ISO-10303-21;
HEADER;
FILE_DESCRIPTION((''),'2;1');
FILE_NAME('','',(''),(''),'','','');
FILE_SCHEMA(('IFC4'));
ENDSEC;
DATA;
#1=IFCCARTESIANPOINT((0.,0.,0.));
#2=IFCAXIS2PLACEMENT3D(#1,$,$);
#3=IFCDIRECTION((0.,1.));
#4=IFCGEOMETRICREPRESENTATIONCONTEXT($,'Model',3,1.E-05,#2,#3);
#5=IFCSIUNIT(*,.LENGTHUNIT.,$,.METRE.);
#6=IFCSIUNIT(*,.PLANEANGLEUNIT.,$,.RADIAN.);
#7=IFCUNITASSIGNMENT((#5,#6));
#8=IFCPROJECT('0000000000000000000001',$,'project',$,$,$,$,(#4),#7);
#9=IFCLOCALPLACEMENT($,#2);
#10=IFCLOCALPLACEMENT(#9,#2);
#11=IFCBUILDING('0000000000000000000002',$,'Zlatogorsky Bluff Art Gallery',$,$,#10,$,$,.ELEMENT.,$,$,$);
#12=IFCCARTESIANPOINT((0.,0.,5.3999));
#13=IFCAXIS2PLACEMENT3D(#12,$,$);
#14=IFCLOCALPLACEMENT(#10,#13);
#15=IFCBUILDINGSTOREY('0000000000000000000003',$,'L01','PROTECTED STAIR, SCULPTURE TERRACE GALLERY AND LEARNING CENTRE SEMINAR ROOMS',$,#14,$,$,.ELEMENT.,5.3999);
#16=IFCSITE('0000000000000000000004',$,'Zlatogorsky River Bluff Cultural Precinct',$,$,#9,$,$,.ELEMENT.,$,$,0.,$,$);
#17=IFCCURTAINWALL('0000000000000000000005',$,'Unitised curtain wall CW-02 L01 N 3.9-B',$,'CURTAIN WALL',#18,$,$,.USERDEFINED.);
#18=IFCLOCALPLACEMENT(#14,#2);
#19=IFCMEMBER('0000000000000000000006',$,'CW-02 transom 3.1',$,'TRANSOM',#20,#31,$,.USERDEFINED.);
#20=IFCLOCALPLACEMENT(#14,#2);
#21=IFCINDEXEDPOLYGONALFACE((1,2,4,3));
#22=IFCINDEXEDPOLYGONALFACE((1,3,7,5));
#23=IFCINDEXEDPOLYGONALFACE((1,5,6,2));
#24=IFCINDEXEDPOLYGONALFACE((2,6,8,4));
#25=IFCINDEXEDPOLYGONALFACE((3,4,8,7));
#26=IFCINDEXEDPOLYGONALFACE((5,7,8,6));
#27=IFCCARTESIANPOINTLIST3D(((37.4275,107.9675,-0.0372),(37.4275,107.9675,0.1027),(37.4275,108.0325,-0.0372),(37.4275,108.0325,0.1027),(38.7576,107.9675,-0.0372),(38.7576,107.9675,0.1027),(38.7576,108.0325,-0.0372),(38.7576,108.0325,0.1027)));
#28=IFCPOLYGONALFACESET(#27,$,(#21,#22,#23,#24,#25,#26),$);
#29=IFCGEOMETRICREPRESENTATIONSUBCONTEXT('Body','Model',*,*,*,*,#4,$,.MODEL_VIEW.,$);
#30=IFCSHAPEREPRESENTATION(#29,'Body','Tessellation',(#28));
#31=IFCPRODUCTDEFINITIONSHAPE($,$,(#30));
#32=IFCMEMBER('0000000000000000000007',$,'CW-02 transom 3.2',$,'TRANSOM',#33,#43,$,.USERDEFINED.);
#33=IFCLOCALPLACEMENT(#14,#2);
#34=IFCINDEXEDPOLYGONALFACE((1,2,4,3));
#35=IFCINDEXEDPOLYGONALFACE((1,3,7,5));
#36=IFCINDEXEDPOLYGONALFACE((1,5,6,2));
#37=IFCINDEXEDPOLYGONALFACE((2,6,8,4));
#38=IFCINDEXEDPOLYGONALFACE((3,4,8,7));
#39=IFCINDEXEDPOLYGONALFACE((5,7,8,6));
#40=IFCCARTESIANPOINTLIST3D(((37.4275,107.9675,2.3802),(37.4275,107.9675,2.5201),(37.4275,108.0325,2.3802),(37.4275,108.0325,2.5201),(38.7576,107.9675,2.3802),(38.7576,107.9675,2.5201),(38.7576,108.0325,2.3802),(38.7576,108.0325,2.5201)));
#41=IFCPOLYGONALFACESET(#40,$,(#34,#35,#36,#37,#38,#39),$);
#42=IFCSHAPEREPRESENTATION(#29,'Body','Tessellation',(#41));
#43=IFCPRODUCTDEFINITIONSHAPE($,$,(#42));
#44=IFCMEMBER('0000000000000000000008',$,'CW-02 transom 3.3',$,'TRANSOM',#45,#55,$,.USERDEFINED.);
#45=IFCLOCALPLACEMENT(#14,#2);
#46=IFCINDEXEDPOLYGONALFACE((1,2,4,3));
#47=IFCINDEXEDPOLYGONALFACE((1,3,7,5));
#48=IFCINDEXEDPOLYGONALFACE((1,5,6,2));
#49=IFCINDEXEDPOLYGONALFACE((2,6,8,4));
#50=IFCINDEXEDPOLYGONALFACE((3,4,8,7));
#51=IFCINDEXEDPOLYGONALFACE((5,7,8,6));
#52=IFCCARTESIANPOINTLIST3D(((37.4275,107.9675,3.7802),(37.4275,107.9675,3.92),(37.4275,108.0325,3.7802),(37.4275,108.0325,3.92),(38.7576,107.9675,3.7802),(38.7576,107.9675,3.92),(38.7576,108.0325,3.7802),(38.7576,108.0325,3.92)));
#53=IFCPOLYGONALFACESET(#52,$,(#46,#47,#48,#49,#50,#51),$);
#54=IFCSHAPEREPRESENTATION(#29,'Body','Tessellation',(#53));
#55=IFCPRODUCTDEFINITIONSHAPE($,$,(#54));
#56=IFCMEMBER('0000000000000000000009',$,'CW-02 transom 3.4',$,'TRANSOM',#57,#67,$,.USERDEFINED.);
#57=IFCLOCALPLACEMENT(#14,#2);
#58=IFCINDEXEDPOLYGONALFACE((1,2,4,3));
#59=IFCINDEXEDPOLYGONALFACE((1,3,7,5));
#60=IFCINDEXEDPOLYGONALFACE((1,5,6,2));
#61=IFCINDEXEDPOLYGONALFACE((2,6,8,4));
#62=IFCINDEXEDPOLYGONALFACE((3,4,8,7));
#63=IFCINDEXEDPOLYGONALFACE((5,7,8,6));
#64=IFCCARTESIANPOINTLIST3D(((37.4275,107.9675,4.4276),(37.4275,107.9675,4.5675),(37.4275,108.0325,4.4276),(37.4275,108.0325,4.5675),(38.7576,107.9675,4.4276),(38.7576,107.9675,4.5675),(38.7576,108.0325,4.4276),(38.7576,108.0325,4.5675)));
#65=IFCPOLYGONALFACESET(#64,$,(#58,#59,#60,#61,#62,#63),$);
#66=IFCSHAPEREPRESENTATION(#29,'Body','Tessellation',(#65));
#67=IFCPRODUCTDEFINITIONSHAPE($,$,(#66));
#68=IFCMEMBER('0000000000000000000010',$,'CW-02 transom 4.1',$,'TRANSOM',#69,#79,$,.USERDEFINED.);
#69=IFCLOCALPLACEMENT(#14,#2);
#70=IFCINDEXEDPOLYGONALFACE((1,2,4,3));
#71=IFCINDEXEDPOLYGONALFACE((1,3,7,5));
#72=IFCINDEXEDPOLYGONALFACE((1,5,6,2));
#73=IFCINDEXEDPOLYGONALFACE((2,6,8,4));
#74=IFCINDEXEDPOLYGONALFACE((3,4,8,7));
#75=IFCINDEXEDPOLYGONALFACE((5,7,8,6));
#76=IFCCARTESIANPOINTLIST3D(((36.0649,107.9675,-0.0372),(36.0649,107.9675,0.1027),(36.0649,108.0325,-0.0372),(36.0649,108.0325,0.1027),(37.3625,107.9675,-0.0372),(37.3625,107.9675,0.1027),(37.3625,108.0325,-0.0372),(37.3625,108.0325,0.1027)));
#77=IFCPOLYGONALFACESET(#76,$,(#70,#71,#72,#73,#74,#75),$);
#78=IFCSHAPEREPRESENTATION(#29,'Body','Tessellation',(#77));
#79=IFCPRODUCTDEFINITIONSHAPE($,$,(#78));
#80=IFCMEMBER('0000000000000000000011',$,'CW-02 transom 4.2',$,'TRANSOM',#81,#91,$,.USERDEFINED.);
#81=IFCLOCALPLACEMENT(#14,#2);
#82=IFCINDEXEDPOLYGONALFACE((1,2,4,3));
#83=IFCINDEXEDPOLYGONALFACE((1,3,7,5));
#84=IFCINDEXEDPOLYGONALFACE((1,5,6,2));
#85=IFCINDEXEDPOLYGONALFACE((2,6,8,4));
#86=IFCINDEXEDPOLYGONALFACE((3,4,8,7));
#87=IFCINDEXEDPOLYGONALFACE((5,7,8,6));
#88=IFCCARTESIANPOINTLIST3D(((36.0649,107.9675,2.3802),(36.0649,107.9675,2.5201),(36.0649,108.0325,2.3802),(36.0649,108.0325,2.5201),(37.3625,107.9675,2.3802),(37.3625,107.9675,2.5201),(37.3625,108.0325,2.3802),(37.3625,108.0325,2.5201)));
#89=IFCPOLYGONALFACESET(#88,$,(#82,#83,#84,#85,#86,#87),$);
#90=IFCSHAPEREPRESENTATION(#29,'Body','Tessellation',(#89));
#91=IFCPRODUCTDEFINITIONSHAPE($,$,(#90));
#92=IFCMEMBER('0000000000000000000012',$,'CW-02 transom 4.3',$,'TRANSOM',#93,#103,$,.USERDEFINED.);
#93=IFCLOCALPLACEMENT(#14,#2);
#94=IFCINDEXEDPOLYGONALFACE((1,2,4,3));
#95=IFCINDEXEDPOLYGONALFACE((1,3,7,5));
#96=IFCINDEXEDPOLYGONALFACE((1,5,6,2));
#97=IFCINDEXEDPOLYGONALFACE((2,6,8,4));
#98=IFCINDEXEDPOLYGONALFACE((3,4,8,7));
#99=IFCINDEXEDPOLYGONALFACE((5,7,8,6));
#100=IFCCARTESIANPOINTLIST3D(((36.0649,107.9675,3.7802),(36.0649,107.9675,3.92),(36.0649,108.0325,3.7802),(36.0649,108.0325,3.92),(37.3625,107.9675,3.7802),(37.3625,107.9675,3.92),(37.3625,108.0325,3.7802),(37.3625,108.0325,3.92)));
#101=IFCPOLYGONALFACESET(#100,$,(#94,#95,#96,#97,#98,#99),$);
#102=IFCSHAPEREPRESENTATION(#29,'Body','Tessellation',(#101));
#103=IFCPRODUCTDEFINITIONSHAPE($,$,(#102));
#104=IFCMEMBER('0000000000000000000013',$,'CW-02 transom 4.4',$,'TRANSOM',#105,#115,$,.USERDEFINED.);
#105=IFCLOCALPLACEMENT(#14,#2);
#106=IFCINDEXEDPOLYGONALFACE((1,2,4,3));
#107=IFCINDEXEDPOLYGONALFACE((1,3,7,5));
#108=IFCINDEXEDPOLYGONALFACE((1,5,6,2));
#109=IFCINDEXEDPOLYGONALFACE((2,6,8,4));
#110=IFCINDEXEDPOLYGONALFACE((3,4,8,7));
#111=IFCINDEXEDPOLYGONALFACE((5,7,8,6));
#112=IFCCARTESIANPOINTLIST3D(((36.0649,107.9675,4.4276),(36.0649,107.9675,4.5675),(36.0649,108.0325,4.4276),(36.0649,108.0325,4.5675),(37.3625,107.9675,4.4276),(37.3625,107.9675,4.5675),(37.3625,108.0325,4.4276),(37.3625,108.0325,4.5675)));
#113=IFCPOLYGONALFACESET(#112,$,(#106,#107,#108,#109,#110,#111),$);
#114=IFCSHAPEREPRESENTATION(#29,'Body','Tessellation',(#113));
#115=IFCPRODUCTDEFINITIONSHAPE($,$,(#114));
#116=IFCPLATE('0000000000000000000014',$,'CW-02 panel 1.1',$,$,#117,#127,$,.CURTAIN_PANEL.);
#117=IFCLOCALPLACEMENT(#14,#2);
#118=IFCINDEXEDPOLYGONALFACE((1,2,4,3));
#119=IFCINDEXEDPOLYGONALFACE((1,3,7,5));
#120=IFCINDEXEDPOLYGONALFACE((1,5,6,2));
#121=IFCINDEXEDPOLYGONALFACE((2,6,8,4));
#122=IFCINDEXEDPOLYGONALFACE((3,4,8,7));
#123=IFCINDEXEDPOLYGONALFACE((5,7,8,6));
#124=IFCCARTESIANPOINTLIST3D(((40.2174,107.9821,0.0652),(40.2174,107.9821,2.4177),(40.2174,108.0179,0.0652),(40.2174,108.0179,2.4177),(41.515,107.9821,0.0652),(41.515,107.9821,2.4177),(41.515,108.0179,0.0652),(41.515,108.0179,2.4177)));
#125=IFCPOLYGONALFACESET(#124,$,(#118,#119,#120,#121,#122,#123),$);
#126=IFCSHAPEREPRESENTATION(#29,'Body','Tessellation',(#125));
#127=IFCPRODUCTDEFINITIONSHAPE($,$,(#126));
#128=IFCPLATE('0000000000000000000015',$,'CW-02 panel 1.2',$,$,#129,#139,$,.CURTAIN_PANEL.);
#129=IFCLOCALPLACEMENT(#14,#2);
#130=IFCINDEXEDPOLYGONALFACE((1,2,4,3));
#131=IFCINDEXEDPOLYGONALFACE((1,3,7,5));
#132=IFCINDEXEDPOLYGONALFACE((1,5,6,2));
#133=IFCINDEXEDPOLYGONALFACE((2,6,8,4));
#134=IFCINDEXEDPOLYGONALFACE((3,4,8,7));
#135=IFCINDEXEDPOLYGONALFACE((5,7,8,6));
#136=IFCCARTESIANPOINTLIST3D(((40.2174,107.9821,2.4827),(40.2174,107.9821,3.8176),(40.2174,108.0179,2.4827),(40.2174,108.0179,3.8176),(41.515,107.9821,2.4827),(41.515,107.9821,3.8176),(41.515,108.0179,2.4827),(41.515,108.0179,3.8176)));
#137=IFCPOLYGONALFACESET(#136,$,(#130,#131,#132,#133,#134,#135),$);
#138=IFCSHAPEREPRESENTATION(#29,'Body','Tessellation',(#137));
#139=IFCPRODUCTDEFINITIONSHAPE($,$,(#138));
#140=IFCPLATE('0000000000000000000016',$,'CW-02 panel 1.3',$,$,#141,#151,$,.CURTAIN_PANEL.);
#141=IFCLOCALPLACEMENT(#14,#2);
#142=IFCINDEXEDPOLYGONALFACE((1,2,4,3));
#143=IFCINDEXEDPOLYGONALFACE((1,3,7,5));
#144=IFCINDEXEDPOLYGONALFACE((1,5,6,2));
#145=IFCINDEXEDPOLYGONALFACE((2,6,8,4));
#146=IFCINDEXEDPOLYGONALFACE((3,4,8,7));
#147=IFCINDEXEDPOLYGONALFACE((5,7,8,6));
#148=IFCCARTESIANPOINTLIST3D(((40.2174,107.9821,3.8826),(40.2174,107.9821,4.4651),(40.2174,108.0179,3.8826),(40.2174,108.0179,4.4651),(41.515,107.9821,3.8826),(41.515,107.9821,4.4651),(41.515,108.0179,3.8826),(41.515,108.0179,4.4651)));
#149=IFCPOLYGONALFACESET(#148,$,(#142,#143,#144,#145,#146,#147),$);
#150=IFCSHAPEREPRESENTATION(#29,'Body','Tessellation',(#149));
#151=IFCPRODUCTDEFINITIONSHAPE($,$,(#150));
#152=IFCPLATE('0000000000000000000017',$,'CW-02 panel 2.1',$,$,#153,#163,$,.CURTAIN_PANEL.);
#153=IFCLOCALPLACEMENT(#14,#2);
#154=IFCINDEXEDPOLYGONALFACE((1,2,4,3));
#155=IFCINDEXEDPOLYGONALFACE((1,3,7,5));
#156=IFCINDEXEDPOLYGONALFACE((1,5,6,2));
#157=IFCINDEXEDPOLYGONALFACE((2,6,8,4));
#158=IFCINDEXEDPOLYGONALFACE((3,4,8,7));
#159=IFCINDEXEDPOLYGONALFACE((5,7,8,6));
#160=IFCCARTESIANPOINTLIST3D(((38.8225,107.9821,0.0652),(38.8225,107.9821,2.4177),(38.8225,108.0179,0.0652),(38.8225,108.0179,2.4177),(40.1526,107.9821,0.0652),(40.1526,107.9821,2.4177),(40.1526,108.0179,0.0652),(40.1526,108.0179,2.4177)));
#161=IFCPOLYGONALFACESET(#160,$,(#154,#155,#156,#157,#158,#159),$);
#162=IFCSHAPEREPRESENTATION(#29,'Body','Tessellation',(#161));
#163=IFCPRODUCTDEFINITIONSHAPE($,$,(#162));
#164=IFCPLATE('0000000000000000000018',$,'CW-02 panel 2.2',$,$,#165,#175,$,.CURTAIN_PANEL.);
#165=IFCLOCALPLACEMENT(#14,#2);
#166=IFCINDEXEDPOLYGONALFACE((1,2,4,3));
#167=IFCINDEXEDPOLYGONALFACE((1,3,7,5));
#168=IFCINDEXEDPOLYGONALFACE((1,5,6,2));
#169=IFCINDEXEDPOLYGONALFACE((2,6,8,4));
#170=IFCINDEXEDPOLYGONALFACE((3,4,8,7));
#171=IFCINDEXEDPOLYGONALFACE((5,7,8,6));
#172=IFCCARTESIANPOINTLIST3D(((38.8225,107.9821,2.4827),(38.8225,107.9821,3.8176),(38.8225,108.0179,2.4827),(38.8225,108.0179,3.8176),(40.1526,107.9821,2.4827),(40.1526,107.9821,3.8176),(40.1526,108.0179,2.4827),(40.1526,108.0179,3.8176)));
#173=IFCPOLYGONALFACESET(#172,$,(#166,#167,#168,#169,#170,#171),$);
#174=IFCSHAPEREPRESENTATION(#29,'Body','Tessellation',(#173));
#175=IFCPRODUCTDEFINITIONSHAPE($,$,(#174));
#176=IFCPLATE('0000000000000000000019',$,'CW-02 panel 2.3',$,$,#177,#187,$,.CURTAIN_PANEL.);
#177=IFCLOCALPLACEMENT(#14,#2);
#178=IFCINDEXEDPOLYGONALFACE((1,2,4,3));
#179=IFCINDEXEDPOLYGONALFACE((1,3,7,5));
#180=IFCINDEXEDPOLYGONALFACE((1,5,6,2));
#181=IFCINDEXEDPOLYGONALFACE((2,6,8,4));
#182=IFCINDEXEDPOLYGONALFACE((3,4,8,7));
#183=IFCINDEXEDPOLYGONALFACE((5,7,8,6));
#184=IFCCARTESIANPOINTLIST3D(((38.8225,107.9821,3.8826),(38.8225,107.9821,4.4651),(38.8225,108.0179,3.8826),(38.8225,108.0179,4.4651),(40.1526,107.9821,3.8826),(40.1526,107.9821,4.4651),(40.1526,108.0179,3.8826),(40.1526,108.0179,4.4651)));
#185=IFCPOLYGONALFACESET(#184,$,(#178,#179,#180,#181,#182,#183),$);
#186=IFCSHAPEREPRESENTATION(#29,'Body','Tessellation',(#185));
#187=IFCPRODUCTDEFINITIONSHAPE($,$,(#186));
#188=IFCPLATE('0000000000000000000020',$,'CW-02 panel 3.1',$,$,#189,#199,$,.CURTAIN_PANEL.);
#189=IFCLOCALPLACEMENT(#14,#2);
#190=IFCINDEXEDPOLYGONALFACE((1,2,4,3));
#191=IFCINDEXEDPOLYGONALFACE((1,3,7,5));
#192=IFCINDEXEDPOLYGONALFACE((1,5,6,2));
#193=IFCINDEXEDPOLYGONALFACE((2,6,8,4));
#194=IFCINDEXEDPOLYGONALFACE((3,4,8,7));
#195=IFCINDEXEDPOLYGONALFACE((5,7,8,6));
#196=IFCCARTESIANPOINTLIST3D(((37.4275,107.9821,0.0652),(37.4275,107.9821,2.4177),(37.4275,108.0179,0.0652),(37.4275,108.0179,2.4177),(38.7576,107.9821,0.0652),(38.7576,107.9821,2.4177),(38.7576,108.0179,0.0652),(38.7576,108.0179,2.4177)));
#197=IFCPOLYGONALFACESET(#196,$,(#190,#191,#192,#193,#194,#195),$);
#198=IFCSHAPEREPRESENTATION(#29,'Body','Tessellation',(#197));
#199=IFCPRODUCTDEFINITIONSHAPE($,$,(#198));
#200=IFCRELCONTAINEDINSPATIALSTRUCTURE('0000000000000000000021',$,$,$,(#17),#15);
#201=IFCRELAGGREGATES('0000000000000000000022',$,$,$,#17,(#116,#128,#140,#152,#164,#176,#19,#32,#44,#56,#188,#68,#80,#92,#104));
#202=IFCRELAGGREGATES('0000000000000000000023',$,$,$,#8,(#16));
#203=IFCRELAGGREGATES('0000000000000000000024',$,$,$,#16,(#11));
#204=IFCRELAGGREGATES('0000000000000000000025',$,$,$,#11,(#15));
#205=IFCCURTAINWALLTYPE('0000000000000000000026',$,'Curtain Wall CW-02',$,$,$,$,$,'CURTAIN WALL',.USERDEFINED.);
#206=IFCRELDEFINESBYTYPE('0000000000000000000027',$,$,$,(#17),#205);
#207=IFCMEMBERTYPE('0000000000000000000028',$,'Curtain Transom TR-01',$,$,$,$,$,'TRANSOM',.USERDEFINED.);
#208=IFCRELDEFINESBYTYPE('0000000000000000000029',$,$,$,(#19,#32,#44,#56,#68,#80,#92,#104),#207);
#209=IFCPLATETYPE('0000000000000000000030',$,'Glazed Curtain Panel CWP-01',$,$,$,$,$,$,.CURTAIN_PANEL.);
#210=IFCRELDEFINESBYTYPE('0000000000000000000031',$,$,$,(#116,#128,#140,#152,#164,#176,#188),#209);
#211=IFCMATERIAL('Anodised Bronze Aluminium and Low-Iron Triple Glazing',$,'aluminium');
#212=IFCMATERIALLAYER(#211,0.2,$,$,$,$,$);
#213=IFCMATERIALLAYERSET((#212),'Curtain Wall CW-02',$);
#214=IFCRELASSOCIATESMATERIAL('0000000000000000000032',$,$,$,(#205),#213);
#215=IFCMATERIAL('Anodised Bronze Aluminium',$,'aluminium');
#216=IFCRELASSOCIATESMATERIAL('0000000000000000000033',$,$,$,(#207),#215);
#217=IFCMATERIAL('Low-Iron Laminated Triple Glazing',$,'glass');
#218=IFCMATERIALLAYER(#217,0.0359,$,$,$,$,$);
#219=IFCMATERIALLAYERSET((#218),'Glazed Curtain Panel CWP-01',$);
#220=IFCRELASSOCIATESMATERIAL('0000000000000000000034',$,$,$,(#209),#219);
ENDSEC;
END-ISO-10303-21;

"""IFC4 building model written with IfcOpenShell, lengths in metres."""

from ifc_helpers import new_model, si_unit, direction, frame, origin, origin_2d, place, context, subcontext, project, spatial, rectangle, extrude, material, layer, layer_set, material_profile, profile_set, type_object, element, aggregate, save


model = new_model("IFC4")

# Units and contexts
model_context = context("Model", 3, precision=1e-05, world=origin(), true_north=direction((0.0, 1.0)))
body_context = subcontext(model_context, "Body", "Model", "MODEL_VIEW")
ifc_project = project(units=[si_unit("LENGTHUNIT", "METRE"), si_unit("PLANEANGLEUNIT", "RADIAN")], contexts=[model_context])

# Site, building, storey
site_placement = place(None, origin())
site = spatial("IfcSite", under=ifc_project, at=site_placement, Name="Zlatogorsky River Bluff Cultural Precinct", CompositionType="ELEMENT", RefElevation=0.0)
building_placement = place(site_placement, origin())
building = spatial("IfcBuilding", under=site, at=building_placement, Name="Zlatogorsky Bluff Art Gallery", CompositionType="ELEMENT")
storey_placement = place(building_placement, frame((0.0, 0.0, 5.3999)))
storey = spatial("IfcBuildingStorey", under=building, at=storey_placement, Name="L01", Description="PROTECTED STAIR, SCULPTURE TERRACE GALLERY AND LEARNING CENTRE SEMINAR ROOMS", CompositionType="ELEMENT", Elevation=5.3999)

# Curtain wall, members, plates
ifc_material_1 = material(Name="Anodised Bronze Aluminium and Low-Iron Triple Glazing", Category="aluminium")
ifc_layer_1 = layer(ifc_material_1, 0.2)
ifc_layer_set_1 = layer_set([ifc_layer_1], Name="Curtain Wall CW-02")
curtain_wall_type = type_object("IfcCurtainWallType", Name="Curtain Wall CW-02", ElementType="CURTAIN WALL", PredefinedType="USERDEFINED", material=ifc_layer_set_1)
curtain_wall_placement = place(storey_placement, origin())
curtain_wall = element("IfcCurtainWall", 1, at=curtain_wall_placement, inside=storey, type_object=curtain_wall_type, Name="Unitised curtain wall CW-02 L01 N 3.9-B", ObjectType="CURTAIN WALL", PredefinedType="USERDEFINED")
ifc_material_2 = material(Name="Anodised Bronze Aluminium", Category="aluminium")
ifc_material_profile_1 = material_profile(ifc_material_2, rectangle(XDim=0.0649, YDim=0.1399, at=origin_2d()), Name="ALU TRANSOM 65x140")
ifc_profile_set_1 = profile_set([ifc_material_profile_1], Name="Anodised Bronze Aluminium")
member_type_1 = type_object("IfcMemberType", Name="Curtain Transom TR-01", ElementType="TRANSOM", PredefinedType="USERDEFINED", material=ifc_profile_set_1)
member_1_placement = place(storey_placement, frame((38.7576, 108.0, 0.0327), z_axis=(-1.0, 0.0, 0.0), x_axis=(0.0, -1.0, 0.0)))
member_1 = element("IfcMember", 2, at=member_1_placement, type_object=member_type_1, Name="CW-02 transom 3.1", ObjectType="TRANSOM", PredefinedType="USERDEFINED", context=body_context, shape_type="SweptSolid", body=[
    extrude(rectangle(XDim=0.0649, YDim=0.1399, at=origin_2d()), origin(), (0.0, 0.0, 1.0), 1.3301),
])
member_2_placement = place(storey_placement, frame((38.7576, 108.0, 2.4502), z_axis=(-1.0, 0.0, 0.0), x_axis=(0.0, -1.0, 0.0)))
member_2 = element("IfcMember", 3, at=member_2_placement, type_object=member_type_1, Name="CW-02 transom 3.2", ObjectType="TRANSOM", PredefinedType="USERDEFINED", context=body_context, shape_type="SweptSolid", body=[
    extrude(rectangle(XDim=0.0649, YDim=0.1399, at=origin_2d()), origin(), (0.0, 0.0, 1.0), 1.3301),
])
member_3_placement = place(storey_placement, frame((38.7576, 108.0, 3.8501), z_axis=(-1.0, 0.0, 0.0), x_axis=(0.0, -1.0, 0.0)))
member_3 = element("IfcMember", 4, at=member_3_placement, type_object=member_type_1, Name="CW-02 transom 3.3", ObjectType="TRANSOM", PredefinedType="USERDEFINED", context=body_context, shape_type="SweptSolid", body=[
    extrude(rectangle(XDim=0.0649, YDim=0.1399, at=origin_2d()), origin(), (0.0, 0.0, 1.0), 1.3301),
])
member_4_placement = place(storey_placement, frame((38.7576, 108.0, 4.4976), z_axis=(-1.0, 0.0, 0.0), x_axis=(0.0, -1.0, 0.0)))
member_4 = element("IfcMember", 5, at=member_4_placement, type_object=member_type_1, Name="CW-02 transom 3.4", ObjectType="TRANSOM", PredefinedType="USERDEFINED", context=body_context, shape_type="SweptSolid", body=[
    extrude(rectangle(XDim=0.0649, YDim=0.1399, at=origin_2d()), origin(), (0.0, 0.0, 1.0), 1.3301),
])
member_5_placement = place(storey_placement, frame((37.3625, 108.0, 0.0327), z_axis=(-1.0, 0.0, 0.0), x_axis=(0.0, -1.0, 0.0)))
member_5 = element("IfcMember", 6, at=member_5_placement, type_object=member_type_1, Name="CW-02 transom 4.1", ObjectType="TRANSOM", PredefinedType="USERDEFINED", context=body_context, shape_type="SweptSolid", body=[
    extrude(rectangle(XDim=0.0649, YDim=0.1399, at=origin_2d()), origin(), (0.0, 0.0, 1.0), 1.2976),
])
member_6_placement = place(storey_placement, frame((37.3625, 108.0, 2.4502), z_axis=(-1.0, 0.0, 0.0), x_axis=(0.0, -1.0, 0.0)))
member_6 = element("IfcMember", 7, at=member_6_placement, type_object=member_type_1, Name="CW-02 transom 4.2", ObjectType="TRANSOM", PredefinedType="USERDEFINED", context=body_context, shape_type="SweptSolid", body=[
    extrude(rectangle(XDim=0.0649, YDim=0.1399, at=origin_2d()), origin(), (0.0, 0.0, 1.0), 1.2976),
])
member_7_placement = place(storey_placement, frame((37.3625, 108.0, 3.8501), z_axis=(-1.0, 0.0, 0.0), x_axis=(0.0, -1.0, 0.0)))
member_7 = element("IfcMember", 8, at=member_7_placement, type_object=member_type_1, Name="CW-02 transom 4.3", ObjectType="TRANSOM", PredefinedType="USERDEFINED", context=body_context, shape_type="SweptSolid", body=[
    extrude(rectangle(XDim=0.0649, YDim=0.1399, at=origin_2d()), origin(), (0.0, 0.0, 1.0), 1.2976),
])
member_8_placement = place(storey_placement, frame((37.3625, 108.0, 4.4976), z_axis=(-1.0, 0.0, 0.0), x_axis=(0.0, -1.0, 0.0)))
member_8 = element("IfcMember", 9, at=member_8_placement, type_object=member_type_1, Name="CW-02 transom 4.4", ObjectType="TRANSOM", PredefinedType="USERDEFINED", context=body_context, shape_type="SweptSolid", body=[
    extrude(rectangle(XDim=0.0649, YDim=0.1399, at=origin_2d()), origin(), (0.0, 0.0, 1.0), 1.2976),
])
ifc_material_3 = material(Name="Low-Iron Laminated Triple Glazing", Category="glass")
ifc_layer_2 = layer(ifc_material_3, 0.0359)
ifc_layer_set_2 = layer_set([ifc_layer_2], Name="Glazed Curtain Panel CWP-01")
plate_type = type_object("IfcPlateType", Name="Glazed Curtain Panel CWP-01", PredefinedType="CURTAIN_PANEL", material=ifc_layer_set_2)
plate_1_placement = place(storey_placement, frame((40.8662, 108.0, 0.0652), z_axis=(0.0, 0.0, 1.0), x_axis=(-1.0, 0.0, 0.0)))
plate_1 = element("IfcPlate", 10, at=plate_1_placement, type_object=plate_type, Name="CW-02 panel 1.1", PredefinedType="CURTAIN_PANEL", context=body_context, shape_type="SweptSolid", body=[
    extrude(rectangle(XDim=1.2976, YDim=0.0359, at=origin_2d()), origin(), (0.0, 0.0, 1.0), 2.3525),
])
plate_2_placement = place(storey_placement, frame((40.8662, 108.0, 2.4827), z_axis=(0.0, 0.0, 1.0), x_axis=(-1.0, 0.0, 0.0)))
plate_2 = element("IfcPlate", 11, at=plate_2_placement, type_object=plate_type, Name="CW-02 panel 1.2", PredefinedType="CURTAIN_PANEL", context=body_context, shape_type="SweptSolid", body=[
    extrude(rectangle(XDim=1.2976, YDim=0.0359, at=origin_2d()), origin(), (0.0, 0.0, 1.0), 1.335),
])
plate_3_placement = place(storey_placement, frame((40.8662, 108.0, 3.8826), z_axis=(0.0, 0.0, 1.0), x_axis=(-1.0, 0.0, 0.0)))
plate_3 = element("IfcPlate", 12, at=plate_3_placement, type_object=plate_type, Name="CW-02 panel 1.3", PredefinedType="CURTAIN_PANEL", context=body_context, shape_type="SweptSolid", body=[
    extrude(rectangle(XDim=1.2976, YDim=0.0359, at=origin_2d()), origin(), (0.0, 0.0, 1.0), 0.5825),
])
plate_4_placement = place(storey_placement, frame((39.4875, 108.0, 0.0652), z_axis=(0.0, 0.0, 1.0), x_axis=(-1.0, 0.0, 0.0)))
plate_4 = element("IfcPlate", 13, at=plate_4_placement, type_object=plate_type, Name="CW-02 panel 2.1", PredefinedType="CURTAIN_PANEL", context=body_context, shape_type="SweptSolid", body=[
    extrude(rectangle(XDim=1.3301, YDim=0.0359, at=origin_2d()), origin(), (0.0, 0.0, 1.0), 2.3525),
])
plate_5_placement = place(storey_placement, frame((39.4875, 108.0, 2.4827), z_axis=(0.0, 0.0, 1.0), x_axis=(-1.0, 0.0, 0.0)))
plate_5 = element("IfcPlate", 14, at=plate_5_placement, type_object=plate_type, Name="CW-02 panel 2.2", PredefinedType="CURTAIN_PANEL", context=body_context, shape_type="SweptSolid", body=[
    extrude(rectangle(XDim=1.3301, YDim=0.0359, at=origin_2d()), origin(), (0.0, 0.0, 1.0), 1.335),
])
plate_6_placement = place(storey_placement, frame((39.4875, 108.0, 3.8826), z_axis=(0.0, 0.0, 1.0), x_axis=(-1.0, 0.0, 0.0)))
plate_6 = element("IfcPlate", 15, at=plate_6_placement, type_object=plate_type, Name="CW-02 panel 2.3", PredefinedType="CURTAIN_PANEL", context=body_context, shape_type="SweptSolid", body=[
    extrude(rectangle(XDim=1.3301, YDim=0.0359, at=origin_2d()), origin(), (0.0, 0.0, 1.0), 0.5825),
])
plate_7_placement = place(storey_placement, frame((38.0925, 108.0, 0.0652), z_axis=(0.0, 0.0, 1.0), x_axis=(-1.0, 0.0, 0.0)))
plate_7 = element("IfcPlate", 16, at=plate_7_placement, type_object=plate_type, Name="CW-02 panel 3.1", PredefinedType="CURTAIN_PANEL", context=body_context, shape_type="SweptSolid", body=[
    extrude(rectangle(XDim=1.3301, YDim=0.0359, at=origin_2d()), origin(), (0.0, 0.0, 1.0), 2.3525),
])
aggregate(curtain_wall, [plate_1, plate_2, plate_3, plate_4, plate_5, plate_6, member_1, member_2, member_3, member_4, plate_7, member_5, member_6, member_7, member_8])

save(model, "model.ifc")
